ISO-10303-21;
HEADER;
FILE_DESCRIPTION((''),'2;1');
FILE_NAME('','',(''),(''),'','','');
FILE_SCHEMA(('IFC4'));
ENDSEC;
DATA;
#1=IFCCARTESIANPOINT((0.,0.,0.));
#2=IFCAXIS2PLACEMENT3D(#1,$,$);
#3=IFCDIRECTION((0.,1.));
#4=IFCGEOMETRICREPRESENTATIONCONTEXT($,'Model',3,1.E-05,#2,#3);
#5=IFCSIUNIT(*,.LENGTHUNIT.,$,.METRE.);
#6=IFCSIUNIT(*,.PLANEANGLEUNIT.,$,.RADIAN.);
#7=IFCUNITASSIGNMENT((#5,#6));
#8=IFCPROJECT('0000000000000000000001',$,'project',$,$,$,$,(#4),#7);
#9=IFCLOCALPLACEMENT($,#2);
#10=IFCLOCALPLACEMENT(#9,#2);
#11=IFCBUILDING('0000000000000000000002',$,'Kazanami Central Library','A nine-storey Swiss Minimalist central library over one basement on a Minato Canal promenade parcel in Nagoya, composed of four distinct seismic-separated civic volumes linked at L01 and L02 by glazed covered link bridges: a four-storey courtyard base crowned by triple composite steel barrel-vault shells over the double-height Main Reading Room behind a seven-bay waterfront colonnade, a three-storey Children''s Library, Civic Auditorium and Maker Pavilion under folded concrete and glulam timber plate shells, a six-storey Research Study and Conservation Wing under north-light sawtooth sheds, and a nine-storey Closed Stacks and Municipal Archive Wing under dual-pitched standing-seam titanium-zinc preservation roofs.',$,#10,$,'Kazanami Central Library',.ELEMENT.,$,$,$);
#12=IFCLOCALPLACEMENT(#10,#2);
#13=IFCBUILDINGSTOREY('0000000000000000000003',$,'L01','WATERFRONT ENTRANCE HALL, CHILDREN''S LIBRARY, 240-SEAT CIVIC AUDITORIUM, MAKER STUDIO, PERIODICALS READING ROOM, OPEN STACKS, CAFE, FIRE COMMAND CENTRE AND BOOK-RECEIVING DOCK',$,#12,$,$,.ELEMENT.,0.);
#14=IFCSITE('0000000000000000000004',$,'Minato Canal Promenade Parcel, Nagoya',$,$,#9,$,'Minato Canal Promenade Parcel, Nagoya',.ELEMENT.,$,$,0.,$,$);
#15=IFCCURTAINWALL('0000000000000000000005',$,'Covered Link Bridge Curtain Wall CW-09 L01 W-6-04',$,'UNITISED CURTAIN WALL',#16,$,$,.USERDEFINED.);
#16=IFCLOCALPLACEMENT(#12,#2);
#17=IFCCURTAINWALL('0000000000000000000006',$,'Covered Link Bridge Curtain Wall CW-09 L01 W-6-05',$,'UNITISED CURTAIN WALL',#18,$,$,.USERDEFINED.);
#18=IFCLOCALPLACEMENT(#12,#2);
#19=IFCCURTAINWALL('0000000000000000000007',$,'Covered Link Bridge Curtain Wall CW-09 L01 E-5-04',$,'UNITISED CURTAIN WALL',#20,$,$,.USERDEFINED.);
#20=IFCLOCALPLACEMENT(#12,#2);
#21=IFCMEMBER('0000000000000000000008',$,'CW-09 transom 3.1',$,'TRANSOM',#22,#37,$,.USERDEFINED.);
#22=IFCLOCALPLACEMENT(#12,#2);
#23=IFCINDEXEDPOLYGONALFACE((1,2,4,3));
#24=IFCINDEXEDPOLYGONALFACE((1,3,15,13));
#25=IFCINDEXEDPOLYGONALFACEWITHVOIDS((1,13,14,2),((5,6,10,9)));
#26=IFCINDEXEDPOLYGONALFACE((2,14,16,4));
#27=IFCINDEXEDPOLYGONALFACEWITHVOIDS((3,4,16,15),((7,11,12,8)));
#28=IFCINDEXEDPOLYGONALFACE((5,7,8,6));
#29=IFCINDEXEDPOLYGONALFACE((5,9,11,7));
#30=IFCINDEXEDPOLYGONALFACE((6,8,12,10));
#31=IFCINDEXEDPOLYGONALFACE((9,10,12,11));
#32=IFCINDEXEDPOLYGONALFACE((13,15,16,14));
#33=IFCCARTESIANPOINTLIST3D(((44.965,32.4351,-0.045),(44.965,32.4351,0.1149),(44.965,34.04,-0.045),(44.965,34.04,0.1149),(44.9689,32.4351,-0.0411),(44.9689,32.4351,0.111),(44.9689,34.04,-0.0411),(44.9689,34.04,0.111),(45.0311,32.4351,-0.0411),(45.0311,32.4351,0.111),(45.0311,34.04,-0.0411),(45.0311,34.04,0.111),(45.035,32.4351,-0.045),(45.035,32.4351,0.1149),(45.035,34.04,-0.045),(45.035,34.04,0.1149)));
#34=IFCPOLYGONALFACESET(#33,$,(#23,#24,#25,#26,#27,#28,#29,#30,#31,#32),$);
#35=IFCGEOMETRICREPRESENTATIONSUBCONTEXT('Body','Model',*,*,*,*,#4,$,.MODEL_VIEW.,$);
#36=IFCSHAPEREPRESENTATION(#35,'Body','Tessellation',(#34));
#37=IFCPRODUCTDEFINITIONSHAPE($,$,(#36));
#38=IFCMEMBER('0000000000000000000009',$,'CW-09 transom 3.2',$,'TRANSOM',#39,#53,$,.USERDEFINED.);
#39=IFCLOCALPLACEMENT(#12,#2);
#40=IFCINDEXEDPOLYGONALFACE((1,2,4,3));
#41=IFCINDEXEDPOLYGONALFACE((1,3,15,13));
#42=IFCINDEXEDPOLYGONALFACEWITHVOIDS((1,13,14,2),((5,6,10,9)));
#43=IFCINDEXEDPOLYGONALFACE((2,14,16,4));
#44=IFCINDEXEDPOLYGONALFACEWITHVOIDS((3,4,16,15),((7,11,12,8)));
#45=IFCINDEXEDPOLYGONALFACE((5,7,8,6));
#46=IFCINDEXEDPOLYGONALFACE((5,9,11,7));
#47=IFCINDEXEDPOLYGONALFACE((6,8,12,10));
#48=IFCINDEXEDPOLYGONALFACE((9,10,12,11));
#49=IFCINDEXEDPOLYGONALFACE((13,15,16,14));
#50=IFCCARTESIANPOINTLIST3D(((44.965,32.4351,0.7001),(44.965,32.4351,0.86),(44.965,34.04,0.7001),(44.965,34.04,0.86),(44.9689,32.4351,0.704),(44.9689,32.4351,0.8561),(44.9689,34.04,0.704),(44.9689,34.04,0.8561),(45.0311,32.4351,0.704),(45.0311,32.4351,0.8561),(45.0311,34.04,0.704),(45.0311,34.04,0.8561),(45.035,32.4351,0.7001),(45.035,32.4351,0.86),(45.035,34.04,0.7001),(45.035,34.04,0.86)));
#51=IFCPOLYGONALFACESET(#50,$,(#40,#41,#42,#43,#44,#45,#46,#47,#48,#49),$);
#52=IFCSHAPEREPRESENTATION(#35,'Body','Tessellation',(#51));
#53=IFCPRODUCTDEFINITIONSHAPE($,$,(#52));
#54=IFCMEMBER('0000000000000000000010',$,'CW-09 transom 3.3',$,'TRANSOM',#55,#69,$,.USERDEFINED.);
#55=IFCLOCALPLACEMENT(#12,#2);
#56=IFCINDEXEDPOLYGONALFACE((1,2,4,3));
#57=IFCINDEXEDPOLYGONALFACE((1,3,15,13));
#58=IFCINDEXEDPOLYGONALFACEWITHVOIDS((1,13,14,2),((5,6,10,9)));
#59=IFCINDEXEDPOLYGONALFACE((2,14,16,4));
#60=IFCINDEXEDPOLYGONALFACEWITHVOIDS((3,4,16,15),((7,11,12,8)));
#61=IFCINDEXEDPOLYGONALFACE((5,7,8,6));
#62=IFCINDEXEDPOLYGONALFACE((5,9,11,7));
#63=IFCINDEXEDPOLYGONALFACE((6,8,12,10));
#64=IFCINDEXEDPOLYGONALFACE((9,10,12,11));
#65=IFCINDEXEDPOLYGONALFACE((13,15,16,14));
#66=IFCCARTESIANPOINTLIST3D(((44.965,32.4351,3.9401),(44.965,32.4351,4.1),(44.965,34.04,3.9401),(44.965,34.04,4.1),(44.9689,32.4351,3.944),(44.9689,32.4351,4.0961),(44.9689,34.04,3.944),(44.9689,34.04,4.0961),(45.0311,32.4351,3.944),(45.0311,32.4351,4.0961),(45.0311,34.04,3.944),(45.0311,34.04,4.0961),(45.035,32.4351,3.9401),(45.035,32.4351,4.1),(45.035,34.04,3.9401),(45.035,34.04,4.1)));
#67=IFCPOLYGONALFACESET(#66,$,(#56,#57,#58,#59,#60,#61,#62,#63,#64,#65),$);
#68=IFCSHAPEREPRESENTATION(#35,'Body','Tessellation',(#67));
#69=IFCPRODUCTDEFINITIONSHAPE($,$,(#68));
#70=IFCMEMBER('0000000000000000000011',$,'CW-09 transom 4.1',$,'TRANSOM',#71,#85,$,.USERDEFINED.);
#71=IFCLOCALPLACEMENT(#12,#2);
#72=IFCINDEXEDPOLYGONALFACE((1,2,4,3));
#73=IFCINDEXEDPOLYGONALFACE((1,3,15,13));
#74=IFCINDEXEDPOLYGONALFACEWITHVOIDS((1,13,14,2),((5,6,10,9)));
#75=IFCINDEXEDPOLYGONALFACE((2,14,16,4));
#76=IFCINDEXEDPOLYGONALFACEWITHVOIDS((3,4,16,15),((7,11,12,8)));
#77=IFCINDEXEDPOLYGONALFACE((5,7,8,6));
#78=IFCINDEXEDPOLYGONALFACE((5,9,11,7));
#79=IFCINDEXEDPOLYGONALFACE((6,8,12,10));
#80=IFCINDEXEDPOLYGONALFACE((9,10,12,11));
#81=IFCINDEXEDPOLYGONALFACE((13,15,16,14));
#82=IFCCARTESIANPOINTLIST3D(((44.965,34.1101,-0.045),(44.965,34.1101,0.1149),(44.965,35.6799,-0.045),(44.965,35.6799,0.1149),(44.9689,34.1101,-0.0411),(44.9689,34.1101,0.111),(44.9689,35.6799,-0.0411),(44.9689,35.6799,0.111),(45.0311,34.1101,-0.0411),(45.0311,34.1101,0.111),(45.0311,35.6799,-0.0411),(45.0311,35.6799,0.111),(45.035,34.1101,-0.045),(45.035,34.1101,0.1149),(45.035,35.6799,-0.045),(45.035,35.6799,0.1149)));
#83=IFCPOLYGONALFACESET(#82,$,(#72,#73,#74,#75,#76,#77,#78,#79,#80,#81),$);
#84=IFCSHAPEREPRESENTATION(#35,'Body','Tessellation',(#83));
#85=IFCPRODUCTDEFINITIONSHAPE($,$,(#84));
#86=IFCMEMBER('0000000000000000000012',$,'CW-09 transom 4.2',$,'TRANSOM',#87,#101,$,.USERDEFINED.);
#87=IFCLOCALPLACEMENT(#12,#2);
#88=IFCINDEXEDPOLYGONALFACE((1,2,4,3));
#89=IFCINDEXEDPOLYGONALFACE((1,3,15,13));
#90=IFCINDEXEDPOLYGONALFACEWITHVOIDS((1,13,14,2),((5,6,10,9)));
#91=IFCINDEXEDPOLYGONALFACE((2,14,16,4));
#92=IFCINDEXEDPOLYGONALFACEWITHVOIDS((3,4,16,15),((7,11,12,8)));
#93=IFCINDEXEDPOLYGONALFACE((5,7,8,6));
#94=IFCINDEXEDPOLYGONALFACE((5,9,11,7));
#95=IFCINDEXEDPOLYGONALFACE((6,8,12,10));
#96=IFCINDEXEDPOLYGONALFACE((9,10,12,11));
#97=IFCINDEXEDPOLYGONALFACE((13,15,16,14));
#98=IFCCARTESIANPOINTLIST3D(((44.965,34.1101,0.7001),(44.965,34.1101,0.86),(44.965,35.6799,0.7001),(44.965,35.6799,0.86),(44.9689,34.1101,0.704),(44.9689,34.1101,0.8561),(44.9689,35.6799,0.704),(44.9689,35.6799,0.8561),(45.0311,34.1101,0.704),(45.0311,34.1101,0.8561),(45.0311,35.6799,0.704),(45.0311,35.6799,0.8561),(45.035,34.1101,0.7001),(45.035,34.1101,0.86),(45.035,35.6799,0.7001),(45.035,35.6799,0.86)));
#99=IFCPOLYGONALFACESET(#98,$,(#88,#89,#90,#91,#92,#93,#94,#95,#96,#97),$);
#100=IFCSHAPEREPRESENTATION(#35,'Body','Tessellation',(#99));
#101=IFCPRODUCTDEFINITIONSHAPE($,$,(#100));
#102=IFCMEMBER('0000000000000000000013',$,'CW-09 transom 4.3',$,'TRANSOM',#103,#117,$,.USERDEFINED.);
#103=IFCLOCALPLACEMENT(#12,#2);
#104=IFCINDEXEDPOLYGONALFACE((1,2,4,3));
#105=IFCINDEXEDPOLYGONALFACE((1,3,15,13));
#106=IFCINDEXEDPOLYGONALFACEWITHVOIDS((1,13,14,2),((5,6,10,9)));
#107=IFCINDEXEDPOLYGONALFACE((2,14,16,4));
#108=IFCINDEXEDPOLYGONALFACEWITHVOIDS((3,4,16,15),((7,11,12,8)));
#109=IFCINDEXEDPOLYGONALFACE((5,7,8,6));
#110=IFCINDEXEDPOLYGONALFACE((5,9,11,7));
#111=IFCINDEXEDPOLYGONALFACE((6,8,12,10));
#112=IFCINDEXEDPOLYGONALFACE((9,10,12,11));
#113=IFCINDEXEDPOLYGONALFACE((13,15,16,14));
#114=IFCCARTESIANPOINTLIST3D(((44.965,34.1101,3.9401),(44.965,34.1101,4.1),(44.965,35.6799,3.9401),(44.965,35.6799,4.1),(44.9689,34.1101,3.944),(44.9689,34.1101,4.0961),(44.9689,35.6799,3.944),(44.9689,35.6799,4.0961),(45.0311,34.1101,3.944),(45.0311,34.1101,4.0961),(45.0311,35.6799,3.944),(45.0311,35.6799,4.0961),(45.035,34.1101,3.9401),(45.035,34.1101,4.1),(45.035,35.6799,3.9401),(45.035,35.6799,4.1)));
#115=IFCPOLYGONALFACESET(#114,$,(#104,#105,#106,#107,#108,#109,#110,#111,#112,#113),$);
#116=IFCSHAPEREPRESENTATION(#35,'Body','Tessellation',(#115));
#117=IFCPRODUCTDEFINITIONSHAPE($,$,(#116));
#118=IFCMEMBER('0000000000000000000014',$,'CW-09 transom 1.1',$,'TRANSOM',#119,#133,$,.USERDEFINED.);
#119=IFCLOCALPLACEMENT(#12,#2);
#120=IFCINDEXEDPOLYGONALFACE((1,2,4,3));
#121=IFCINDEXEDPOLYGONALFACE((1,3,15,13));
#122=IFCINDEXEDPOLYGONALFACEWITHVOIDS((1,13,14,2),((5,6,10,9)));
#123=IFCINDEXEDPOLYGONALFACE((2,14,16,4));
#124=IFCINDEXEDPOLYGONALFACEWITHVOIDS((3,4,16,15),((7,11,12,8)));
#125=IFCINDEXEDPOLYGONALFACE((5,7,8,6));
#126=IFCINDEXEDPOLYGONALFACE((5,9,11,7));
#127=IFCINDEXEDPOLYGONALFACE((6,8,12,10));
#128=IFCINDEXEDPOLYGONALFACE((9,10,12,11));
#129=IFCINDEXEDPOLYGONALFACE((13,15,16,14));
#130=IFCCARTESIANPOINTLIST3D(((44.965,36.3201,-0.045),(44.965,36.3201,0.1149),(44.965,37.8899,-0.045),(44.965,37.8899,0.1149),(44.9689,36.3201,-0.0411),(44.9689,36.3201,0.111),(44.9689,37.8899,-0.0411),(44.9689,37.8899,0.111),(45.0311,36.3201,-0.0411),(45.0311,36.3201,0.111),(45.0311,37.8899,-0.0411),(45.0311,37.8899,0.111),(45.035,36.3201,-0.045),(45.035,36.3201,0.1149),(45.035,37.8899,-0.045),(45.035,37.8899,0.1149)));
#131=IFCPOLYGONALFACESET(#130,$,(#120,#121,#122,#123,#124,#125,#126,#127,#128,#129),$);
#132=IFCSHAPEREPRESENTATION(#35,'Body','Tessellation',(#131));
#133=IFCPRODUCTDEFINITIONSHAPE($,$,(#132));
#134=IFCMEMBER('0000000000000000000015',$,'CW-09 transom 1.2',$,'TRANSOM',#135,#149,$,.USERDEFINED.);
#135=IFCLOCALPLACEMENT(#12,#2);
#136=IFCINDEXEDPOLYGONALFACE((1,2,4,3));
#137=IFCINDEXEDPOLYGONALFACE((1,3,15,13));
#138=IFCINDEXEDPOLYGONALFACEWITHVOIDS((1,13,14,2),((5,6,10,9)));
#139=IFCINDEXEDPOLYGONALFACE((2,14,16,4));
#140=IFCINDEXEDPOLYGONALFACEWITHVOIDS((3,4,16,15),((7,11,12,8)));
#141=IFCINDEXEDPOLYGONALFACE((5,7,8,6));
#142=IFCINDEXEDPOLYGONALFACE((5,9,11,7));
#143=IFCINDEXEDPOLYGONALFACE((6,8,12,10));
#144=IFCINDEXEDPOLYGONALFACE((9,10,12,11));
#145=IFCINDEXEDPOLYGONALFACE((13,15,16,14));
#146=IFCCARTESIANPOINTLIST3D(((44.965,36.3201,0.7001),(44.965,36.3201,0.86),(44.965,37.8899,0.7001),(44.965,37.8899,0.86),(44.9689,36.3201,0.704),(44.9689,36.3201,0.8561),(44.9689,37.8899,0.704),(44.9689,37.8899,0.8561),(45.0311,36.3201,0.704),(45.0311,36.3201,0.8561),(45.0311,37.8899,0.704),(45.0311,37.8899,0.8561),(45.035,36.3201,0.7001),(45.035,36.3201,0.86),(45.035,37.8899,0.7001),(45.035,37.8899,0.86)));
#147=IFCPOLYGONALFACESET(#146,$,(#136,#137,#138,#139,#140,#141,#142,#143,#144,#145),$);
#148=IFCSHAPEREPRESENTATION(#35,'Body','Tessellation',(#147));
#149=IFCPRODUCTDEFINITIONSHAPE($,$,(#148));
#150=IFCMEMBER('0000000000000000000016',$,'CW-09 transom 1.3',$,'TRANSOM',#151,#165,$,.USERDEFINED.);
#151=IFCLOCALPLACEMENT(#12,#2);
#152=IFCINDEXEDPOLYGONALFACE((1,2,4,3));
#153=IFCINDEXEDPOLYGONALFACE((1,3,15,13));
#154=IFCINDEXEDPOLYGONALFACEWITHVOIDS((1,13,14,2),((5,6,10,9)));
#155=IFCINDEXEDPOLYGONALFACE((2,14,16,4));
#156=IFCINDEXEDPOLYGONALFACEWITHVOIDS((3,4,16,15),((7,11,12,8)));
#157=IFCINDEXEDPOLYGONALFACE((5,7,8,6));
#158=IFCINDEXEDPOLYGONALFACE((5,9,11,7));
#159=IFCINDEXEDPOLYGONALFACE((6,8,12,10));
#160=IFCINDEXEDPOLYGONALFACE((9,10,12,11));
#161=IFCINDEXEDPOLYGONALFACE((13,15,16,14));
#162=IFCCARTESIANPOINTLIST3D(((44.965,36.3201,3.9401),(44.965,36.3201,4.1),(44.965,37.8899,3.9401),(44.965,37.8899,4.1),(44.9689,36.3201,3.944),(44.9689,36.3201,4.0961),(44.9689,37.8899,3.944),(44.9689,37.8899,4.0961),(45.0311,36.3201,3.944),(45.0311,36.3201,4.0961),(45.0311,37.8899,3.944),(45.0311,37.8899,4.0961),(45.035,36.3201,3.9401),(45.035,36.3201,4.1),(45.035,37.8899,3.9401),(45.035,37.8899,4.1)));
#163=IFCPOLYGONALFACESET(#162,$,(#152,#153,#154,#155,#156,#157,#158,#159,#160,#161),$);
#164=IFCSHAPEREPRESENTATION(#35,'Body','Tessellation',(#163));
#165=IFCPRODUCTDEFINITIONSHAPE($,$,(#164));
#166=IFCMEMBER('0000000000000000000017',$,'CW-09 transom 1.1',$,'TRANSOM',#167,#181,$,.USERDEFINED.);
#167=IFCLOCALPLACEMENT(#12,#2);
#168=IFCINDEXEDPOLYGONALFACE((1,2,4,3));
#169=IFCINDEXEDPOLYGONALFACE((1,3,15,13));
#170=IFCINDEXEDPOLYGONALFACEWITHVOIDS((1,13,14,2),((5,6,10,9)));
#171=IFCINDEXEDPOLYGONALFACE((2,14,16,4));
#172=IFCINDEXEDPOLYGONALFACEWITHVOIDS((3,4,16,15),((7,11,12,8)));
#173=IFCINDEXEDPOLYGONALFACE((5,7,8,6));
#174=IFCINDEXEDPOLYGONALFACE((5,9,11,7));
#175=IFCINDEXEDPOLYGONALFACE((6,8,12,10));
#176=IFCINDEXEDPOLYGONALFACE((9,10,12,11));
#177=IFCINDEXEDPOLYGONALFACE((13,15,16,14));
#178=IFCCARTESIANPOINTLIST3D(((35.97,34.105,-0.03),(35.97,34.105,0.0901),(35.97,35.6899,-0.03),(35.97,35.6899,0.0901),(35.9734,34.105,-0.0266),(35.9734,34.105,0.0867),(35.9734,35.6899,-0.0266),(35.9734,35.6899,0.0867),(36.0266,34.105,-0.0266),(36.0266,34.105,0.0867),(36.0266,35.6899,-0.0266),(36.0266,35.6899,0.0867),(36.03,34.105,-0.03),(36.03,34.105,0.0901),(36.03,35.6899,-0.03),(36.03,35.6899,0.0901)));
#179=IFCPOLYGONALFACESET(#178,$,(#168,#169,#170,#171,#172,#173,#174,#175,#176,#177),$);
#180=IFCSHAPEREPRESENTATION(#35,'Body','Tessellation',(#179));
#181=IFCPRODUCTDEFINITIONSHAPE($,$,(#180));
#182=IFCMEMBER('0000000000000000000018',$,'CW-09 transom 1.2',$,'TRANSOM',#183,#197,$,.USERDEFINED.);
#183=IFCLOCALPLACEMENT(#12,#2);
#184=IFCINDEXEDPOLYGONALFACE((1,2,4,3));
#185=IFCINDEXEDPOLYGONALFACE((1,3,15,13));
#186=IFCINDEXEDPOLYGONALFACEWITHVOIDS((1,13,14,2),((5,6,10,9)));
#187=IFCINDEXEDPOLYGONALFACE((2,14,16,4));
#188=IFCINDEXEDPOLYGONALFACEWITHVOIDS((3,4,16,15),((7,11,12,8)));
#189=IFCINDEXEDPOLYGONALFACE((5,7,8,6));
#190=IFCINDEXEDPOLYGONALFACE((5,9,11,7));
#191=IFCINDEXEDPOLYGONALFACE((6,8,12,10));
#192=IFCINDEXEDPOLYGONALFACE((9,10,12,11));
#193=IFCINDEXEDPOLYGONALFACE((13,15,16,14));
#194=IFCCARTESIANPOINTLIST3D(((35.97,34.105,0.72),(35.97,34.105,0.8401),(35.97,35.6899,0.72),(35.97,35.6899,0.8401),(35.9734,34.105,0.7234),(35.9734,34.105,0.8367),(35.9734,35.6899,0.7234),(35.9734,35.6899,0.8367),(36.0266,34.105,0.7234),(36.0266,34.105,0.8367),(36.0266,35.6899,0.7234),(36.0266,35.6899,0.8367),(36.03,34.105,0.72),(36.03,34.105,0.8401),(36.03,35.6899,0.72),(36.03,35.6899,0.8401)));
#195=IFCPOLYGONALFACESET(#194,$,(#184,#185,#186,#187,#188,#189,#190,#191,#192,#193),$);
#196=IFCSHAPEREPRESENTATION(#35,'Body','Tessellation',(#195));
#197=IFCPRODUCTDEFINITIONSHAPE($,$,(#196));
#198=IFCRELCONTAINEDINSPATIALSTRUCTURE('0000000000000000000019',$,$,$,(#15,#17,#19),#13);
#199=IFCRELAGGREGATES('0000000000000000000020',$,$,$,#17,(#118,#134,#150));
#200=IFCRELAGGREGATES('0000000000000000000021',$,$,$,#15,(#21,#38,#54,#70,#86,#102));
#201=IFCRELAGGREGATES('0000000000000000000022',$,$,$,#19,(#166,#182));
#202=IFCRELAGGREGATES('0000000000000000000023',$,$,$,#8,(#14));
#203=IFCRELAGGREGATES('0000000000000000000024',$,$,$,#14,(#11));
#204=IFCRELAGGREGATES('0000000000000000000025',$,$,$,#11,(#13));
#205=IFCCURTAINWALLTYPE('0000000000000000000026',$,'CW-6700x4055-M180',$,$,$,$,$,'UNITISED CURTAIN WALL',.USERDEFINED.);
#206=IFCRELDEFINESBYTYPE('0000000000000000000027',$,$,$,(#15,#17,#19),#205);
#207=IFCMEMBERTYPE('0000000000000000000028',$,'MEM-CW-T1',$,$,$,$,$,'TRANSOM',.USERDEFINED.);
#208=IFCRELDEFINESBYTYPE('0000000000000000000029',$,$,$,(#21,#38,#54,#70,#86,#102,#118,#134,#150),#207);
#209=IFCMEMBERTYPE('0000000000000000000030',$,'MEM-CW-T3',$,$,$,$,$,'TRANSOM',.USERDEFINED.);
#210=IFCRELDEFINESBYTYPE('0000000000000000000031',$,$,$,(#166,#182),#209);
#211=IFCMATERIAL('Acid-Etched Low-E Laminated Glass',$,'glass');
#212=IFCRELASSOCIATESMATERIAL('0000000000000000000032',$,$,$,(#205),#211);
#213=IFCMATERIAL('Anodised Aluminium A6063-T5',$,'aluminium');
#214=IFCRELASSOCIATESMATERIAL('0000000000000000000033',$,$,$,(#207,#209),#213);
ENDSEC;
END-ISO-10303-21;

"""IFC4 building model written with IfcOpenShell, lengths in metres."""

from ifc_helpers import new_model, si_unit, direction, frame, origin, origin_2d, place, context, subcontext, project, spatial, hollow_rectangle, extrude, material, material_profile, profile_set, type_object, element, aggregate, save


model = new_model("IFC4")

# Units and contexts
model_context = context("Model", 3, precision=1e-05, world=origin(), true_north=direction((0.0, 1.0)))
body_context = subcontext(model_context, "Body", "Model", "MODEL_VIEW")
ifc_project = project(units=[si_unit("LENGTHUNIT", "METRE"), si_unit("PLANEANGLEUNIT", "RADIAN")], contexts=[model_context])

# Site, building, storey
site_placement = place(None, origin())
site = spatial("IfcSite", under=ifc_project, at=site_placement, Name="Minato Canal Promenade Parcel, Nagoya", LongName="Minato Canal Promenade Parcel, Nagoya", CompositionType="ELEMENT", RefElevation=0.0)
building_placement = place(site_placement, origin())
building = spatial("IfcBuilding", under=site, at=building_placement, Name="Kazanami Central Library", Description="A nine-storey Swiss Minimalist central library over one basement on a Minato Canal promenade parcel in Nagoya, composed of four distinct seismic-separated civic volumes linked at L01 and L02 by glazed covered link bridges: a four-storey courtyard base crowned by triple composite steel barrel-vault shells over the double-height Main Reading Room behind a seven-bay waterfront colonnade, a three-storey Children's Library, Civic Auditorium and Maker Pavilion under folded concrete and glulam timber plate shells, a six-storey Research Study and Conservation Wing under north-light sawtooth sheds, and a nine-storey Closed Stacks and Municipal Archive Wing under dual-pitched standing-seam titanium-zinc preservation roofs.", LongName="Kazanami Central Library", CompositionType="ELEMENT")
storey_placement = place(building_placement, origin())
storey = spatial("IfcBuildingStorey", under=building, at=storey_placement, Name="L01", Description="WATERFRONT ENTRANCE HALL, CHILDREN'S LIBRARY, 240-SEAT CIVIC AUDITORIUM, MAKER STUDIO, PERIODICALS READING ROOM, OPEN STACKS, CAFE, FIRE COMMAND CENTRE AND BOOK-RECEIVING DOCK", CompositionType="ELEMENT", Elevation=0.0)

# Curtain wall
ifc_material_1 = material(Name="Acid-Etched Low-E Laminated Glass", Category="glass")
curtain_wall_type = type_object("IfcCurtainWallType", Name="CW-6700x4055-M180", ElementType="UNITISED CURTAIN WALL", PredefinedType="USERDEFINED", material=ifc_material_1)
curtain_wall_1_placement = place(storey_placement, origin())
curtain_wall_1 = element("IfcCurtainWall", 1, at=curtain_wall_1_placement, inside=storey, type_object=curtain_wall_type, Name="Covered Link Bridge Curtain Wall CW-09 L01 W-6-04", ObjectType="UNITISED CURTAIN WALL", PredefinedType="USERDEFINED")
ifc_material_2 = material(Name="Anodised Aluminium A6063-T5", Category="aluminium")

# Curtain wall
curtain_wall_2_placement = place(storey_placement, origin())
curtain_wall_2 = element("IfcCurtainWall", 2, at=curtain_wall_2_placement, inside=storey, type_object=curtain_wall_type, Name="Covered Link Bridge Curtain Wall CW-09 L01 W-6-05", ObjectType="UNITISED CURTAIN WALL", PredefinedType="USERDEFINED")

# Curtain wall
curtain_wall_3_placement = place(storey_placement, origin())
curtain_wall_3 = element("IfcCurtainWall", 3, at=curtain_wall_3_placement, inside=storey, type_object=curtain_wall_type, Name="Covered Link Bridge Curtain Wall CW-09 L01 E-5-04", ObjectType="UNITISED CURTAIN WALL", PredefinedType="USERDEFINED")

# Members
ifc_material_profile_1 = material_profile(ifc_material_2, hollow_rectangle(XDim=0.0701, YDim=0.1599, WallThickness=0.0039, at=origin_2d()), Name="ALU-TRAN-70x160x4")
ifc_profile_set_1 = profile_set([ifc_material_profile_1], Name="Anodised Aluminium A6063-T5")
member_type_1 = type_object("IfcMemberType", Name="MEM-CW-T1", ElementType="TRANSOM", PredefinedType="USERDEFINED", material=ifc_profile_set_1)
member_1_placement = place(storey_placement, frame((45.0, 32.4351, 0.0349), z_axis=(0.0, 1.0, 0.0), x_axis=(-1.0, 0.0, 0.0)))
member_1 = element("IfcMember", 4, at=member_1_placement, type_object=member_type_1, Name="CW-09 transom 3.1", ObjectType="TRANSOM", PredefinedType="USERDEFINED", context=body_context, shape_type="SweptSolid", body=[
    extrude(hollow_rectangle(XDim=0.0701, YDim=0.1599, WallThickness=0.0039, at=origin_2d()), origin(), (0.0, 0.0, 1.0), 1.605),
])
member_2_placement = place(storey_placement, frame((45.0, 32.4351, 0.78), z_axis=(0.0, 1.0, 0.0), x_axis=(-1.0, 0.0, 0.0)))
member_2 = element("IfcMember", 5, at=member_2_placement, type_object=member_type_1, Name="CW-09 transom 3.2", ObjectType="TRANSOM", PredefinedType="USERDEFINED", context=body_context, shape_type="SweptSolid", body=[
    extrude(hollow_rectangle(XDim=0.0701, YDim=0.1599, WallThickness=0.0039, at=origin_2d()), origin(), (0.0, 0.0, 1.0), 1.605),
])
member_3_placement = place(storey_placement, frame((45.0, 32.4351, 4.02), z_axis=(0.0, 1.0, 0.0), x_axis=(-1.0, 0.0, 0.0)))
member_3 = element("IfcMember", 6, at=member_3_placement, type_object=member_type_1, Name="CW-09 transom 3.3", ObjectType="TRANSOM", PredefinedType="USERDEFINED", context=body_context, shape_type="SweptSolid", body=[
    extrude(hollow_rectangle(XDim=0.0701, YDim=0.1599, WallThickness=0.0039, at=origin_2d()), origin(), (0.0, 0.0, 1.0), 1.605),
])
member_4_placement = place(storey_placement, frame((45.0, 34.1101, 0.0349), z_axis=(0.0, 1.0, 0.0), x_axis=(-1.0, 0.0, 0.0)))
member_4 = element("IfcMember", 7, at=member_4_placement, type_object=member_type_1, Name="CW-09 transom 4.1", ObjectType="TRANSOM", PredefinedType="USERDEFINED", context=body_context, shape_type="SweptSolid", body=[
    extrude(hollow_rectangle(XDim=0.0701, YDim=0.1599, WallThickness=0.0039, at=origin_2d()), origin(), (0.0, 0.0, 1.0), 1.5698),
])
member_5_placement = place(storey_placement, frame((45.0, 34.1101, 0.78), z_axis=(0.0, 1.0, 0.0), x_axis=(-1.0, 0.0, 0.0)))
member_5 = element("IfcMember", 8, at=member_5_placement, type_object=member_type_1, Name="CW-09 transom 4.2", ObjectType="TRANSOM", PredefinedType="USERDEFINED", context=body_context, shape_type="SweptSolid", body=[
    extrude(hollow_rectangle(XDim=0.0701, YDim=0.1599, WallThickness=0.0039, at=origin_2d()), origin(), (0.0, 0.0, 1.0), 1.5698),
])
member_6_placement = place(storey_placement, frame((45.0, 34.1101, 4.02), z_axis=(0.0, 1.0, 0.0), x_axis=(-1.0, 0.0, 0.0)))
member_6 = element("IfcMember", 9, at=member_6_placement, type_object=member_type_1, Name="CW-09 transom 4.3", ObjectType="TRANSOM", PredefinedType="USERDEFINED", context=body_context, shape_type="SweptSolid", body=[
    extrude(hollow_rectangle(XDim=0.0701, YDim=0.1599, WallThickness=0.0039, at=origin_2d()), origin(), (0.0, 0.0, 1.0), 1.5698),
])
member_7_placement = place(storey_placement, frame((45.0, 36.3201, 0.0349), z_axis=(0.0, 1.0, 0.0), x_axis=(-1.0, 0.0, 0.0)))
member_7 = element("IfcMember", 10, at=member_7_placement, type_object=member_type_1, Name="CW-09 transom 1.1", ObjectType="TRANSOM", PredefinedType="USERDEFINED", context=body_context, shape_type="SweptSolid", body=[
    extrude(hollow_rectangle(XDim=0.0701, YDim=0.1599, WallThickness=0.0039, at=origin_2d()), origin(), (0.0, 0.0, 1.0), 1.5698),
])
member_8_placement = place(storey_placement, frame((45.0, 36.3201, 0.78), z_axis=(0.0, 1.0, 0.0), x_axis=(-1.0, 0.0, 0.0)))
member_8 = element("IfcMember", 11, at=member_8_placement, type_object=member_type_1, Name="CW-09 transom 1.2", ObjectType="TRANSOM", PredefinedType="USERDEFINED", context=body_context, shape_type="SweptSolid", body=[
    extrude(hollow_rectangle(XDim=0.0701, YDim=0.1599, WallThickness=0.0039, at=origin_2d()), origin(), (0.0, 0.0, 1.0), 1.5698),
])
member_9_placement = place(storey_placement, frame((45.0, 36.3201, 4.02), z_axis=(0.0, 1.0, 0.0), x_axis=(-1.0, 0.0, 0.0)))
member_9 = element("IfcMember", 12, at=member_9_placement, type_object=member_type_1, Name="CW-09 transom 1.3", ObjectType="TRANSOM", PredefinedType="USERDEFINED", context=body_context, shape_type="SweptSolid", body=[
    extrude(hollow_rectangle(XDim=0.0701, YDim=0.1599, WallThickness=0.0039, at=origin_2d()), origin(), (0.0, 0.0, 1.0), 1.5698),
])
aggregate(curtain_wall_2, [member_7, member_8, member_9])
ifc_material_profile_2 = material_profile(ifc_material_2, hollow_rectangle(XDim=0.0601, YDim=0.1201, WallThickness=0.0034, at=origin_2d()), Name="ALU-TRAN-60x120x3.5")
ifc_profile_set_2 = profile_set([ifc_material_profile_2], Name="Anodised Aluminium A6063-T5")
member_type_2 = type_object("IfcMemberType", Name="MEM-CW-T3", ElementType="TRANSOM", PredefinedType="USERDEFINED", material=ifc_profile_set_2)
member_10_placement = place(storey_placement, frame((36.0, 35.6899, 0.03), z_axis=(0.0, -1.0, 0.0), x_axis=(1.0, 0.0, 0.0)))
member_10 = element("IfcMember", 13, at=member_10_placement, type_object=member_type_2, Name="CW-09 transom 1.1", ObjectType="TRANSOM", PredefinedType="USERDEFINED", context=body_context, shape_type="SweptSolid", body=[
    extrude(hollow_rectangle(XDim=0.0601, YDim=0.1201, WallThickness=0.0034, at=origin_2d()), origin(), (0.0, 0.0, 1.0), 1.585),
])
member_11_placement = place(storey_placement, frame((36.0, 35.6899, 0.78), z_axis=(0.0, -1.0, 0.0), x_axis=(1.0, 0.0, 0.0)))
member_11 = element("IfcMember", 14, at=member_11_placement, type_object=member_type_2, Name="CW-09 transom 1.2", ObjectType="TRANSOM", PredefinedType="USERDEFINED", context=body_context, shape_type="SweptSolid", body=[
    extrude(hollow_rectangle(XDim=0.0601, YDim=0.1201, WallThickness=0.0034, at=origin_2d()), origin(), (0.0, 0.0, 1.0), 1.585),
])

aggregate(curtain_wall_1, [member_1, member_2, member_3, member_4, member_5, member_6])
aggregate(curtain_wall_3, [member_10, member_11])

save(model, "model.ifc")
